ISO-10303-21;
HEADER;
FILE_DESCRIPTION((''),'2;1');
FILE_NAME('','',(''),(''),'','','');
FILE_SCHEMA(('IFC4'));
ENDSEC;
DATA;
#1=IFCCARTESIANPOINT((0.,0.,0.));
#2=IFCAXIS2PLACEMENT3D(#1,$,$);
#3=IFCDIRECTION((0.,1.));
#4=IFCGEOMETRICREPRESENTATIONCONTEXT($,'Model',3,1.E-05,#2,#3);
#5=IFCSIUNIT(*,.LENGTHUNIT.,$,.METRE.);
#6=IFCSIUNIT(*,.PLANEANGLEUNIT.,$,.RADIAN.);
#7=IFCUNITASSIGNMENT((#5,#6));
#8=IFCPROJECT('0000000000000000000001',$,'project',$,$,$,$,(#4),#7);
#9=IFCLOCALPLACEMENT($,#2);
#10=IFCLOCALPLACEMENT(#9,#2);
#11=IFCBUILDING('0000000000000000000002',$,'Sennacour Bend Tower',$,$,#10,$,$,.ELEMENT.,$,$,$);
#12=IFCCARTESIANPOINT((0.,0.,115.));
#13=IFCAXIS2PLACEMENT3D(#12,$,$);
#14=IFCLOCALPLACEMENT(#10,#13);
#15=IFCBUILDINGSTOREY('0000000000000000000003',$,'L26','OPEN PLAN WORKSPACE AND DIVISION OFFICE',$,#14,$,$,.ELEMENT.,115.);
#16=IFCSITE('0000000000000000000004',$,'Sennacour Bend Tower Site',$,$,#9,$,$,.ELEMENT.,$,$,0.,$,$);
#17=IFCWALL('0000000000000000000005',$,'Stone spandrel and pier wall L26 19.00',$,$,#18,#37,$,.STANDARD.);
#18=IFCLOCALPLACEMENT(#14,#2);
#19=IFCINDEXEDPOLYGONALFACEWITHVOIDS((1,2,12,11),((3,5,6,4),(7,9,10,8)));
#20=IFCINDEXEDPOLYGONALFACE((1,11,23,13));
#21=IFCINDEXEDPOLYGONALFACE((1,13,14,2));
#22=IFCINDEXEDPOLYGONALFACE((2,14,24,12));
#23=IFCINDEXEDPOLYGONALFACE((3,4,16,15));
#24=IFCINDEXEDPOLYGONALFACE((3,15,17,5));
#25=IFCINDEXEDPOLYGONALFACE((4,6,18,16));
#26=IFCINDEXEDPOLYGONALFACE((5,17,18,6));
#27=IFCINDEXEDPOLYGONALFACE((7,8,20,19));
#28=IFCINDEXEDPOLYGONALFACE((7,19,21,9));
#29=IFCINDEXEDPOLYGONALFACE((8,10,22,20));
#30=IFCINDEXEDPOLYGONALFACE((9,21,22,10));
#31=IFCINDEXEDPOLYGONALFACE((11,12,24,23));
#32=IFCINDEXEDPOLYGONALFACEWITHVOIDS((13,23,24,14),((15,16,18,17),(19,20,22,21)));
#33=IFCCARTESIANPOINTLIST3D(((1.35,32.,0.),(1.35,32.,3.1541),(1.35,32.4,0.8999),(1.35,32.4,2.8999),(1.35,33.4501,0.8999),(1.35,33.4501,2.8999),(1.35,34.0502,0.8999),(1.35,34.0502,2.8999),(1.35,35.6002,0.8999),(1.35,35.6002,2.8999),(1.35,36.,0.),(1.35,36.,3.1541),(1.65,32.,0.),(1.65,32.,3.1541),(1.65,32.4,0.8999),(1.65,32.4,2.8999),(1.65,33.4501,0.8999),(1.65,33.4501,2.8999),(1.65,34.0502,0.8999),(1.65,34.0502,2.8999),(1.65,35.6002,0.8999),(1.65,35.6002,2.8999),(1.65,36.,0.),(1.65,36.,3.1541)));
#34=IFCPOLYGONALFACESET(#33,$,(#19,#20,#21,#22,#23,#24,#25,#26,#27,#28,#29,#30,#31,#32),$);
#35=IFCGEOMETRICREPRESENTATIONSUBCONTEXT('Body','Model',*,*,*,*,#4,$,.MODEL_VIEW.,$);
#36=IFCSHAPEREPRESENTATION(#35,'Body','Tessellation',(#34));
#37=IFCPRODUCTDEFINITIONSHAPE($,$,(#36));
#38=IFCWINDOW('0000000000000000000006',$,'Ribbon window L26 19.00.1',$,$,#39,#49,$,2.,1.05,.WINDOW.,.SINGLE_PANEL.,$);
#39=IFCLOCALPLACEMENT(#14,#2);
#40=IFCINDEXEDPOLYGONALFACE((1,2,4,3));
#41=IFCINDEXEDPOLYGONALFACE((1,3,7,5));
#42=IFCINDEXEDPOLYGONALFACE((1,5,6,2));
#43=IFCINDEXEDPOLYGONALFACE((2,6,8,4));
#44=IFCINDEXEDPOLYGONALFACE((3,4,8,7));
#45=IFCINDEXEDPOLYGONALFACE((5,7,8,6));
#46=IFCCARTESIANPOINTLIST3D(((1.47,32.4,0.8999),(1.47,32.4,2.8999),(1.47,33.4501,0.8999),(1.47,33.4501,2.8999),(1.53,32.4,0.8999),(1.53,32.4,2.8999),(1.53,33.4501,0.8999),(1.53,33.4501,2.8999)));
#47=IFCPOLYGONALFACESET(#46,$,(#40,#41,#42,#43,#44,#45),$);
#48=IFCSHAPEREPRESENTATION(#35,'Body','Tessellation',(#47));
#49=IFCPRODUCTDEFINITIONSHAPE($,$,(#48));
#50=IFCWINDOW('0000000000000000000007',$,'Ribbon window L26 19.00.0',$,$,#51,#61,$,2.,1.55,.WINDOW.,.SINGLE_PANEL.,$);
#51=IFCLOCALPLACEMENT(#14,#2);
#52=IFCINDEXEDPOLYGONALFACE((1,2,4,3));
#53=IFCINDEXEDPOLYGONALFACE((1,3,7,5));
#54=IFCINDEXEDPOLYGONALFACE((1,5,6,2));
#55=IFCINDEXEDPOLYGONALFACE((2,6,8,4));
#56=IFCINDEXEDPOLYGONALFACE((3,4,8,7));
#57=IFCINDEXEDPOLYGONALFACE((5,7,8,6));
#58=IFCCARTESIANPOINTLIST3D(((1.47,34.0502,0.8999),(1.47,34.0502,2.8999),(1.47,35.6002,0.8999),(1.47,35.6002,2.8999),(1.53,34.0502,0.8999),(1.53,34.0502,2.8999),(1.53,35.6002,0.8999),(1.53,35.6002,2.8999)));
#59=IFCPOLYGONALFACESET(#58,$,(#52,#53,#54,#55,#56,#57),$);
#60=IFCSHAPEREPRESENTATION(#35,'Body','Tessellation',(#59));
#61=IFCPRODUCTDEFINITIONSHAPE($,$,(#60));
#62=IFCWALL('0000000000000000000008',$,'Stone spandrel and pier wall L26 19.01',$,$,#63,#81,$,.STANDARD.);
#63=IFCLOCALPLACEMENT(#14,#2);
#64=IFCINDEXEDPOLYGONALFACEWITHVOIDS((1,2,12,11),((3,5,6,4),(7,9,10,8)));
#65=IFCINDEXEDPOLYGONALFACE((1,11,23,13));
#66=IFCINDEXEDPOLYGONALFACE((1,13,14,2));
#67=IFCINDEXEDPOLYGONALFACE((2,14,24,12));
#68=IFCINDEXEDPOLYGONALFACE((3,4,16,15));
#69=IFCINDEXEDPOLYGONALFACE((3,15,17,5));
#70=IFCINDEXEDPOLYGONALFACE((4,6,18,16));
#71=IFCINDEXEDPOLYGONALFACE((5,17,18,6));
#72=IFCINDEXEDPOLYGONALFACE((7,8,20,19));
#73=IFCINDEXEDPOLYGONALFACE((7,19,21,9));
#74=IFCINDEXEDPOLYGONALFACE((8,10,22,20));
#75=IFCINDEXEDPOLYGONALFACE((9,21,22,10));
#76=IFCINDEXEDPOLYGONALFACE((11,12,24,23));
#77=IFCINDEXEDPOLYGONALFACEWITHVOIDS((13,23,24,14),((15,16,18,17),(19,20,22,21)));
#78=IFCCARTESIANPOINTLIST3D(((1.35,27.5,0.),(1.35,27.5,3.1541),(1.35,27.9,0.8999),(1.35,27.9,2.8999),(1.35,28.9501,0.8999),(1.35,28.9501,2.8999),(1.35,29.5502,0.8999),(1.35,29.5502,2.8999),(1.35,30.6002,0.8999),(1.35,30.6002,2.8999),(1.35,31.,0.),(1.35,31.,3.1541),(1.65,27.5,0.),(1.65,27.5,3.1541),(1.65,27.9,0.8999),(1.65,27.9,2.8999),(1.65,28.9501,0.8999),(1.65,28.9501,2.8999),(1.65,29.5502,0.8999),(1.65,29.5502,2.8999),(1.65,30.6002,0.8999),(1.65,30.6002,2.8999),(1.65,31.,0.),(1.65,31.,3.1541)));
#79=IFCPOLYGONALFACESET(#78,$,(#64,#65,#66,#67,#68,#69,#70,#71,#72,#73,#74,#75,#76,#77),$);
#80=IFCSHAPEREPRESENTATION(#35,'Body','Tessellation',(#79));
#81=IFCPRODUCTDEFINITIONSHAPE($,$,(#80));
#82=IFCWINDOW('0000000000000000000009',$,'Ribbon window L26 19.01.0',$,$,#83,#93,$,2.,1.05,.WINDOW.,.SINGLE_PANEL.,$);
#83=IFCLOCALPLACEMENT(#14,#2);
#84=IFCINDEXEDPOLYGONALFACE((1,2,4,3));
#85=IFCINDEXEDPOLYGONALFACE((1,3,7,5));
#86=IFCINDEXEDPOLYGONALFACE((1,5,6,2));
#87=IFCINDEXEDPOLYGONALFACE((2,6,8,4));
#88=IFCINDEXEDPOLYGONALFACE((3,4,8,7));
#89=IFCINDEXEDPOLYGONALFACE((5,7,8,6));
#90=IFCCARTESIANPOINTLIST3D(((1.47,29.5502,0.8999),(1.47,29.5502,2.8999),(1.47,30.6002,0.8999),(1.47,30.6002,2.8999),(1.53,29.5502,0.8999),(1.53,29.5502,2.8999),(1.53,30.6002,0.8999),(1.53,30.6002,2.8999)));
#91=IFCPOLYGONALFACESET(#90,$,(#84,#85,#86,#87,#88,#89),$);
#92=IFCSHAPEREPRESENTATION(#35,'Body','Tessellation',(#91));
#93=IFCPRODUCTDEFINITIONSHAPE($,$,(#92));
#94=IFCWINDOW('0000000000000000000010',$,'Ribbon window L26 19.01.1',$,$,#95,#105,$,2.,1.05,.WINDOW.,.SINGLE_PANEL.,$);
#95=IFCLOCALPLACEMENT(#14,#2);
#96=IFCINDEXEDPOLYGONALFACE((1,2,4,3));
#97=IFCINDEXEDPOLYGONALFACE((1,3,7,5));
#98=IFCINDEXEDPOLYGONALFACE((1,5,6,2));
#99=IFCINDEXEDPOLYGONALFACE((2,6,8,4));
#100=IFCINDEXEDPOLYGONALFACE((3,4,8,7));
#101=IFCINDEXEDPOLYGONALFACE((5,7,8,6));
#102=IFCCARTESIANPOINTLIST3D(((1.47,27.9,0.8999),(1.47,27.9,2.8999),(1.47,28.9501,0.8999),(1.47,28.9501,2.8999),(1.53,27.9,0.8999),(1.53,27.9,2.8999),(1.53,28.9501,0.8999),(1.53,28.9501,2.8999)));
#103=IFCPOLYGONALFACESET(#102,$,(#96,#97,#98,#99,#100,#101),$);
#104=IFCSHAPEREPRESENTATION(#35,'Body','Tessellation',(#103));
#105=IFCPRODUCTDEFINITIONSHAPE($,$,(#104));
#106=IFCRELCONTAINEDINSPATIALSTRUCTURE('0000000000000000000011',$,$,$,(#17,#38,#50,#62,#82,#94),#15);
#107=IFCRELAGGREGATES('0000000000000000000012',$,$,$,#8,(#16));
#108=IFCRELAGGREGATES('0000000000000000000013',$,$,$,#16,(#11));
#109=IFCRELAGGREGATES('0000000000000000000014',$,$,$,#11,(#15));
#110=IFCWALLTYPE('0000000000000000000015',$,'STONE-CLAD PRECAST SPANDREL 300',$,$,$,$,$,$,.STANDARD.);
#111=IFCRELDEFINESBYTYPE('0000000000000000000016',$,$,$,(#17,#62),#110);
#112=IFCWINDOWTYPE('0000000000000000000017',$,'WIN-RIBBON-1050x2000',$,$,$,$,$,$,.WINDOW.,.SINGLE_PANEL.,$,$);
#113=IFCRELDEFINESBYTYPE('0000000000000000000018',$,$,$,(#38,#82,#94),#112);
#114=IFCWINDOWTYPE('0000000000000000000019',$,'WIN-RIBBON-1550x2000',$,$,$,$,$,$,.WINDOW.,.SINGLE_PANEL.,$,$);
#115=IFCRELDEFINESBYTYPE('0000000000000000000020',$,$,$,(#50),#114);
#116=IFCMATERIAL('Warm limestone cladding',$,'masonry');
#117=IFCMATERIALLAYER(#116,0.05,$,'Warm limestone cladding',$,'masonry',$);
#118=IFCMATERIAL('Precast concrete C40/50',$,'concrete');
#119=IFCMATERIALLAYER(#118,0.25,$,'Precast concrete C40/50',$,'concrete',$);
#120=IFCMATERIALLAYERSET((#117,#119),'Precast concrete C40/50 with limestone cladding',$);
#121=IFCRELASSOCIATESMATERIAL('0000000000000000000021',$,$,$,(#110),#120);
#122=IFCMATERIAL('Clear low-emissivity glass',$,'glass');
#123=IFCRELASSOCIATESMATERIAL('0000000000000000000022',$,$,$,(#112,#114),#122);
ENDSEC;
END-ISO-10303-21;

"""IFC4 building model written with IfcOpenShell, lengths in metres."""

from ifc_helpers import new_model, si_unit, direction, frame, frame_2d, origin, place, context, subcontext, project, spatial, rectangle, extrude, material, layer, layer_set, type_object, element, fill, save


model = new_model("IFC4")

# Units and contexts
model_context = context("Model", 3, precision=1e-05, world=origin(), true_north=direction((0.0, 1.0)))
body_context = subcontext(model_context, "Body", "Model", "MODEL_VIEW")
ifc_project = project(units=[si_unit("LENGTHUNIT", "METRE"), si_unit("PLANEANGLEUNIT", "RADIAN")], contexts=[model_context])

# Site, building, storey
site_placement = place(None, origin())
site = spatial("IfcSite", under=ifc_project, at=site_placement, Name="Sennacour Bend Tower Site", CompositionType="ELEMENT", RefElevation=0.0)
building_placement = place(site_placement, origin())
building = spatial("IfcBuilding", under=site, at=building_placement, Name="Sennacour Bend Tower", CompositionType="ELEMENT")
storey_placement = place(building_placement, frame((0.0, 0.0, 115.0)))
storey = spatial("IfcBuildingStorey", under=building, at=storey_placement, Name="L26", Description="OPEN PLAN WORKSPACE AND DIVISION OFFICE", CompositionType="ELEMENT", Elevation=115.0)

# Walls, openings, windows
ifc_material_1 = material(Name="Warm limestone cladding", Category="masonry")
ifc_layer_1 = layer(ifc_material_1, 0.05, Name="Warm limestone cladding", Category="masonry")
ifc_material_2 = material(Name="Precast concrete C40/50", Category="concrete")
ifc_layer_2 = layer(ifc_material_2, 0.25, Name="Precast concrete C40/50", Category="concrete")
ifc_layer_set_1 = layer_set([ifc_layer_1, ifc_layer_2], Name="Precast concrete C40/50 with limestone cladding")
wall_type_1 = type_object("IfcWallType", Name="STONE-CLAD PRECAST SPANDREL 300", PredefinedType="STANDARD", material=ifc_layer_set_1)
wall_1_placement = place(storey_placement, frame((1.5, 36.0, 0.0), z_axis=(0.0, 0.0, 1.0), x_axis=(0.0, -1.0, 0.0)))
wall_1 = element("IfcWall", 1, at=wall_1_placement, inside=storey, type_object=wall_type_1, Name="Stone spandrel and pier wall L26 19.00", PredefinedType="STANDARD", context=body_context, shape_type="SweptSolid", body=[
    extrude(rectangle(XDim=4.0, YDim=0.3, at=frame_2d((2.0, 0.0))), origin(), (0.0, 0.0, 1.0), 3.1541),
])
opening_1_placement = place(wall_1_placement, frame((0.3999, 0.0, 0.8999)))
opening_1 = element("IfcOpeningElement", 2, at=opening_1_placement, cuts=wall_1, PredefinedType="OPENING", context=body_context, shape_type="SweptSolid", body=[
    extrude(rectangle(XDim=1.55, YDim=2.0, at=frame_2d((0.7749, 1.0))), frame((0.0, 0.1602, 0.0), z_axis=(0.0, -1.0, 0.0), x_axis=(1.0, 0.0, 0.0)), (0.0, 0.0, 1.0), 0.3201),
])
opening_2_placement = place(wall_1_placement, frame((2.55, 0.0, 0.8999)))
opening_2 = element("IfcOpeningElement", 3, at=opening_2_placement, cuts=wall_1, PredefinedType="OPENING", context=body_context, shape_type="SweptSolid", body=[
    extrude(rectangle(XDim=1.05, YDim=2.0, at=frame_2d((0.5249, 1.0))), frame((0.0, 0.1602, 0.0), z_axis=(0.0, -1.0, 0.0), x_axis=(1.0, 0.0, 0.0)), (0.0, 0.0, 1.0), 0.3201),
])
ifc_material_3 = material(Name="Clear low-emissivity glass", Category="glass")
window_type_1 = type_object("IfcWindowType", Name="WIN-RIBBON-1050x2000", PartitioningType="SINGLE_PANEL", PredefinedType="WINDOW", material=ifc_material_3)
window_1_placement = place(opening_2_placement, origin())
window_1 = element("IfcWindow", 4, at=window_1_placement, inside=storey, type_object=window_type_1, Name="Ribbon window L26 19.00.1", OverallHeight=2.0, OverallWidth=1.05, PartitioningType="SINGLE_PANEL", PredefinedType="WINDOW", context=body_context, shape_type="SweptSolid", body=[
    extrude(rectangle(XDim=1.05, YDim=2.0, at=frame_2d((0.5249, 1.0))), frame((0.0, 0.03, 0.0), z_axis=(0.0, -1.0, 0.0), x_axis=(1.0, 0.0, 0.0)), (0.0, 0.0, 1.0), 0.0601),
])
fill(opening_2, window_1)
window_type_2 = type_object("IfcWindowType", Name="WIN-RIBBON-1550x2000", PartitioningType="SINGLE_PANEL", PredefinedType="WINDOW", material=ifc_material_3)
window_2_placement = place(opening_1_placement, origin())
window_2 = element("IfcWindow", 5, at=window_2_placement, inside=storey, type_object=window_type_2, Name="Ribbon window L26 19.00.0", OverallHeight=2.0, OverallWidth=1.55, PartitioningType="SINGLE_PANEL", PredefinedType="WINDOW", context=body_context, shape_type="SweptSolid", body=[
    extrude(rectangle(XDim=1.55, YDim=2.0, at=frame_2d((0.7749, 1.0))), frame((0.0, 0.03, 0.0), z_axis=(0.0, -1.0, 0.0), x_axis=(1.0, 0.0, 0.0)), (0.0, 0.0, 1.0), 0.0601),
])
fill(opening_1, window_2)
wall_2_placement = place(storey_placement, frame((1.5, 31.0, 0.0), z_axis=(0.0, 0.0, 1.0), x_axis=(0.0, -1.0, 0.0)))
wall_2 = element("IfcWall", 6, at=wall_2_placement, inside=storey, type_object=wall_type_1, Name="Stone spandrel and pier wall L26 19.01", PredefinedType="STANDARD", context=body_context, shape_type="SweptSolid", body=[
    extrude(rectangle(XDim=3.5, YDim=0.3, at=frame_2d((1.75, 0.0))), origin(), (0.0, 0.0, 1.0), 3.1541),
])
opening_3_placement = place(wall_2_placement, frame((0.3999, 0.0, 0.8999)))
opening_3 = element("IfcOpeningElement", 7, at=opening_3_placement, cuts=wall_2, PredefinedType="OPENING", context=body_context, shape_type="SweptSolid", body=[
    extrude(rectangle(XDim=1.05, YDim=2.0, at=frame_2d((0.5249, 1.0))), frame((0.0, 0.1602, 0.0), z_axis=(0.0, -1.0, 0.0), x_axis=(1.0, 0.0, 0.0)), (0.0, 0.0, 1.0), 0.3201),
])
opening_4_placement = place(wall_2_placement, frame((2.05, 0.0, 0.8999)))
opening_4 = element("IfcOpeningElement", 8, at=opening_4_placement, cuts=wall_2, PredefinedType="OPENING", context=body_context, shape_type="SweptSolid", body=[
    extrude(rectangle(XDim=1.05, YDim=2.0, at=frame_2d((0.5249, 1.0))), frame((0.0, 0.1602, 0.0), z_axis=(0.0, -1.0, 0.0), x_axis=(1.0, 0.0, 0.0)), (0.0, 0.0, 1.0), 0.3201),
])
window_3_placement = place(opening_3_placement, origin())
window_3 = element("IfcWindow", 9, at=window_3_placement, inside=storey, type_object=window_type_1, Name="Ribbon window L26 19.01.0", OverallHeight=2.0, OverallWidth=1.05, PartitioningType="SINGLE_PANEL", PredefinedType="WINDOW", context=body_context, shape_type="SweptSolid", body=[
    extrude(rectangle(XDim=1.05, YDim=2.0, at=frame_2d((0.5249, 1.0))), frame((0.0, 0.03, 0.0), z_axis=(0.0, -1.0, 0.0), x_axis=(1.0, 0.0, 0.0)), (0.0, 0.0, 1.0), 0.0601),
])
fill(opening_3, window_3)
window_4_placement = place(opening_4_placement, origin())
window_4 = element("IfcWindow", 10, at=window_4_placement, inside=storey, type_object=window_type_1, Name="Ribbon window L26 19.01.1", OverallHeight=2.0, OverallWidth=1.05, PartitioningType="SINGLE_PANEL", PredefinedType="WINDOW", context=body_context, shape_type="SweptSolid", body=[
    extrude(rectangle(XDim=1.05, YDim=2.0, at=frame_2d((0.5249, 1.0))), frame((0.0, 0.03, 0.0), z_axis=(0.0, -1.0, 0.0), x_axis=(1.0, 0.0, 0.0)), (0.0, 0.0, 1.0), 0.0601),
])
fill(opening_4, window_4)

save(model, "model.ifc")
